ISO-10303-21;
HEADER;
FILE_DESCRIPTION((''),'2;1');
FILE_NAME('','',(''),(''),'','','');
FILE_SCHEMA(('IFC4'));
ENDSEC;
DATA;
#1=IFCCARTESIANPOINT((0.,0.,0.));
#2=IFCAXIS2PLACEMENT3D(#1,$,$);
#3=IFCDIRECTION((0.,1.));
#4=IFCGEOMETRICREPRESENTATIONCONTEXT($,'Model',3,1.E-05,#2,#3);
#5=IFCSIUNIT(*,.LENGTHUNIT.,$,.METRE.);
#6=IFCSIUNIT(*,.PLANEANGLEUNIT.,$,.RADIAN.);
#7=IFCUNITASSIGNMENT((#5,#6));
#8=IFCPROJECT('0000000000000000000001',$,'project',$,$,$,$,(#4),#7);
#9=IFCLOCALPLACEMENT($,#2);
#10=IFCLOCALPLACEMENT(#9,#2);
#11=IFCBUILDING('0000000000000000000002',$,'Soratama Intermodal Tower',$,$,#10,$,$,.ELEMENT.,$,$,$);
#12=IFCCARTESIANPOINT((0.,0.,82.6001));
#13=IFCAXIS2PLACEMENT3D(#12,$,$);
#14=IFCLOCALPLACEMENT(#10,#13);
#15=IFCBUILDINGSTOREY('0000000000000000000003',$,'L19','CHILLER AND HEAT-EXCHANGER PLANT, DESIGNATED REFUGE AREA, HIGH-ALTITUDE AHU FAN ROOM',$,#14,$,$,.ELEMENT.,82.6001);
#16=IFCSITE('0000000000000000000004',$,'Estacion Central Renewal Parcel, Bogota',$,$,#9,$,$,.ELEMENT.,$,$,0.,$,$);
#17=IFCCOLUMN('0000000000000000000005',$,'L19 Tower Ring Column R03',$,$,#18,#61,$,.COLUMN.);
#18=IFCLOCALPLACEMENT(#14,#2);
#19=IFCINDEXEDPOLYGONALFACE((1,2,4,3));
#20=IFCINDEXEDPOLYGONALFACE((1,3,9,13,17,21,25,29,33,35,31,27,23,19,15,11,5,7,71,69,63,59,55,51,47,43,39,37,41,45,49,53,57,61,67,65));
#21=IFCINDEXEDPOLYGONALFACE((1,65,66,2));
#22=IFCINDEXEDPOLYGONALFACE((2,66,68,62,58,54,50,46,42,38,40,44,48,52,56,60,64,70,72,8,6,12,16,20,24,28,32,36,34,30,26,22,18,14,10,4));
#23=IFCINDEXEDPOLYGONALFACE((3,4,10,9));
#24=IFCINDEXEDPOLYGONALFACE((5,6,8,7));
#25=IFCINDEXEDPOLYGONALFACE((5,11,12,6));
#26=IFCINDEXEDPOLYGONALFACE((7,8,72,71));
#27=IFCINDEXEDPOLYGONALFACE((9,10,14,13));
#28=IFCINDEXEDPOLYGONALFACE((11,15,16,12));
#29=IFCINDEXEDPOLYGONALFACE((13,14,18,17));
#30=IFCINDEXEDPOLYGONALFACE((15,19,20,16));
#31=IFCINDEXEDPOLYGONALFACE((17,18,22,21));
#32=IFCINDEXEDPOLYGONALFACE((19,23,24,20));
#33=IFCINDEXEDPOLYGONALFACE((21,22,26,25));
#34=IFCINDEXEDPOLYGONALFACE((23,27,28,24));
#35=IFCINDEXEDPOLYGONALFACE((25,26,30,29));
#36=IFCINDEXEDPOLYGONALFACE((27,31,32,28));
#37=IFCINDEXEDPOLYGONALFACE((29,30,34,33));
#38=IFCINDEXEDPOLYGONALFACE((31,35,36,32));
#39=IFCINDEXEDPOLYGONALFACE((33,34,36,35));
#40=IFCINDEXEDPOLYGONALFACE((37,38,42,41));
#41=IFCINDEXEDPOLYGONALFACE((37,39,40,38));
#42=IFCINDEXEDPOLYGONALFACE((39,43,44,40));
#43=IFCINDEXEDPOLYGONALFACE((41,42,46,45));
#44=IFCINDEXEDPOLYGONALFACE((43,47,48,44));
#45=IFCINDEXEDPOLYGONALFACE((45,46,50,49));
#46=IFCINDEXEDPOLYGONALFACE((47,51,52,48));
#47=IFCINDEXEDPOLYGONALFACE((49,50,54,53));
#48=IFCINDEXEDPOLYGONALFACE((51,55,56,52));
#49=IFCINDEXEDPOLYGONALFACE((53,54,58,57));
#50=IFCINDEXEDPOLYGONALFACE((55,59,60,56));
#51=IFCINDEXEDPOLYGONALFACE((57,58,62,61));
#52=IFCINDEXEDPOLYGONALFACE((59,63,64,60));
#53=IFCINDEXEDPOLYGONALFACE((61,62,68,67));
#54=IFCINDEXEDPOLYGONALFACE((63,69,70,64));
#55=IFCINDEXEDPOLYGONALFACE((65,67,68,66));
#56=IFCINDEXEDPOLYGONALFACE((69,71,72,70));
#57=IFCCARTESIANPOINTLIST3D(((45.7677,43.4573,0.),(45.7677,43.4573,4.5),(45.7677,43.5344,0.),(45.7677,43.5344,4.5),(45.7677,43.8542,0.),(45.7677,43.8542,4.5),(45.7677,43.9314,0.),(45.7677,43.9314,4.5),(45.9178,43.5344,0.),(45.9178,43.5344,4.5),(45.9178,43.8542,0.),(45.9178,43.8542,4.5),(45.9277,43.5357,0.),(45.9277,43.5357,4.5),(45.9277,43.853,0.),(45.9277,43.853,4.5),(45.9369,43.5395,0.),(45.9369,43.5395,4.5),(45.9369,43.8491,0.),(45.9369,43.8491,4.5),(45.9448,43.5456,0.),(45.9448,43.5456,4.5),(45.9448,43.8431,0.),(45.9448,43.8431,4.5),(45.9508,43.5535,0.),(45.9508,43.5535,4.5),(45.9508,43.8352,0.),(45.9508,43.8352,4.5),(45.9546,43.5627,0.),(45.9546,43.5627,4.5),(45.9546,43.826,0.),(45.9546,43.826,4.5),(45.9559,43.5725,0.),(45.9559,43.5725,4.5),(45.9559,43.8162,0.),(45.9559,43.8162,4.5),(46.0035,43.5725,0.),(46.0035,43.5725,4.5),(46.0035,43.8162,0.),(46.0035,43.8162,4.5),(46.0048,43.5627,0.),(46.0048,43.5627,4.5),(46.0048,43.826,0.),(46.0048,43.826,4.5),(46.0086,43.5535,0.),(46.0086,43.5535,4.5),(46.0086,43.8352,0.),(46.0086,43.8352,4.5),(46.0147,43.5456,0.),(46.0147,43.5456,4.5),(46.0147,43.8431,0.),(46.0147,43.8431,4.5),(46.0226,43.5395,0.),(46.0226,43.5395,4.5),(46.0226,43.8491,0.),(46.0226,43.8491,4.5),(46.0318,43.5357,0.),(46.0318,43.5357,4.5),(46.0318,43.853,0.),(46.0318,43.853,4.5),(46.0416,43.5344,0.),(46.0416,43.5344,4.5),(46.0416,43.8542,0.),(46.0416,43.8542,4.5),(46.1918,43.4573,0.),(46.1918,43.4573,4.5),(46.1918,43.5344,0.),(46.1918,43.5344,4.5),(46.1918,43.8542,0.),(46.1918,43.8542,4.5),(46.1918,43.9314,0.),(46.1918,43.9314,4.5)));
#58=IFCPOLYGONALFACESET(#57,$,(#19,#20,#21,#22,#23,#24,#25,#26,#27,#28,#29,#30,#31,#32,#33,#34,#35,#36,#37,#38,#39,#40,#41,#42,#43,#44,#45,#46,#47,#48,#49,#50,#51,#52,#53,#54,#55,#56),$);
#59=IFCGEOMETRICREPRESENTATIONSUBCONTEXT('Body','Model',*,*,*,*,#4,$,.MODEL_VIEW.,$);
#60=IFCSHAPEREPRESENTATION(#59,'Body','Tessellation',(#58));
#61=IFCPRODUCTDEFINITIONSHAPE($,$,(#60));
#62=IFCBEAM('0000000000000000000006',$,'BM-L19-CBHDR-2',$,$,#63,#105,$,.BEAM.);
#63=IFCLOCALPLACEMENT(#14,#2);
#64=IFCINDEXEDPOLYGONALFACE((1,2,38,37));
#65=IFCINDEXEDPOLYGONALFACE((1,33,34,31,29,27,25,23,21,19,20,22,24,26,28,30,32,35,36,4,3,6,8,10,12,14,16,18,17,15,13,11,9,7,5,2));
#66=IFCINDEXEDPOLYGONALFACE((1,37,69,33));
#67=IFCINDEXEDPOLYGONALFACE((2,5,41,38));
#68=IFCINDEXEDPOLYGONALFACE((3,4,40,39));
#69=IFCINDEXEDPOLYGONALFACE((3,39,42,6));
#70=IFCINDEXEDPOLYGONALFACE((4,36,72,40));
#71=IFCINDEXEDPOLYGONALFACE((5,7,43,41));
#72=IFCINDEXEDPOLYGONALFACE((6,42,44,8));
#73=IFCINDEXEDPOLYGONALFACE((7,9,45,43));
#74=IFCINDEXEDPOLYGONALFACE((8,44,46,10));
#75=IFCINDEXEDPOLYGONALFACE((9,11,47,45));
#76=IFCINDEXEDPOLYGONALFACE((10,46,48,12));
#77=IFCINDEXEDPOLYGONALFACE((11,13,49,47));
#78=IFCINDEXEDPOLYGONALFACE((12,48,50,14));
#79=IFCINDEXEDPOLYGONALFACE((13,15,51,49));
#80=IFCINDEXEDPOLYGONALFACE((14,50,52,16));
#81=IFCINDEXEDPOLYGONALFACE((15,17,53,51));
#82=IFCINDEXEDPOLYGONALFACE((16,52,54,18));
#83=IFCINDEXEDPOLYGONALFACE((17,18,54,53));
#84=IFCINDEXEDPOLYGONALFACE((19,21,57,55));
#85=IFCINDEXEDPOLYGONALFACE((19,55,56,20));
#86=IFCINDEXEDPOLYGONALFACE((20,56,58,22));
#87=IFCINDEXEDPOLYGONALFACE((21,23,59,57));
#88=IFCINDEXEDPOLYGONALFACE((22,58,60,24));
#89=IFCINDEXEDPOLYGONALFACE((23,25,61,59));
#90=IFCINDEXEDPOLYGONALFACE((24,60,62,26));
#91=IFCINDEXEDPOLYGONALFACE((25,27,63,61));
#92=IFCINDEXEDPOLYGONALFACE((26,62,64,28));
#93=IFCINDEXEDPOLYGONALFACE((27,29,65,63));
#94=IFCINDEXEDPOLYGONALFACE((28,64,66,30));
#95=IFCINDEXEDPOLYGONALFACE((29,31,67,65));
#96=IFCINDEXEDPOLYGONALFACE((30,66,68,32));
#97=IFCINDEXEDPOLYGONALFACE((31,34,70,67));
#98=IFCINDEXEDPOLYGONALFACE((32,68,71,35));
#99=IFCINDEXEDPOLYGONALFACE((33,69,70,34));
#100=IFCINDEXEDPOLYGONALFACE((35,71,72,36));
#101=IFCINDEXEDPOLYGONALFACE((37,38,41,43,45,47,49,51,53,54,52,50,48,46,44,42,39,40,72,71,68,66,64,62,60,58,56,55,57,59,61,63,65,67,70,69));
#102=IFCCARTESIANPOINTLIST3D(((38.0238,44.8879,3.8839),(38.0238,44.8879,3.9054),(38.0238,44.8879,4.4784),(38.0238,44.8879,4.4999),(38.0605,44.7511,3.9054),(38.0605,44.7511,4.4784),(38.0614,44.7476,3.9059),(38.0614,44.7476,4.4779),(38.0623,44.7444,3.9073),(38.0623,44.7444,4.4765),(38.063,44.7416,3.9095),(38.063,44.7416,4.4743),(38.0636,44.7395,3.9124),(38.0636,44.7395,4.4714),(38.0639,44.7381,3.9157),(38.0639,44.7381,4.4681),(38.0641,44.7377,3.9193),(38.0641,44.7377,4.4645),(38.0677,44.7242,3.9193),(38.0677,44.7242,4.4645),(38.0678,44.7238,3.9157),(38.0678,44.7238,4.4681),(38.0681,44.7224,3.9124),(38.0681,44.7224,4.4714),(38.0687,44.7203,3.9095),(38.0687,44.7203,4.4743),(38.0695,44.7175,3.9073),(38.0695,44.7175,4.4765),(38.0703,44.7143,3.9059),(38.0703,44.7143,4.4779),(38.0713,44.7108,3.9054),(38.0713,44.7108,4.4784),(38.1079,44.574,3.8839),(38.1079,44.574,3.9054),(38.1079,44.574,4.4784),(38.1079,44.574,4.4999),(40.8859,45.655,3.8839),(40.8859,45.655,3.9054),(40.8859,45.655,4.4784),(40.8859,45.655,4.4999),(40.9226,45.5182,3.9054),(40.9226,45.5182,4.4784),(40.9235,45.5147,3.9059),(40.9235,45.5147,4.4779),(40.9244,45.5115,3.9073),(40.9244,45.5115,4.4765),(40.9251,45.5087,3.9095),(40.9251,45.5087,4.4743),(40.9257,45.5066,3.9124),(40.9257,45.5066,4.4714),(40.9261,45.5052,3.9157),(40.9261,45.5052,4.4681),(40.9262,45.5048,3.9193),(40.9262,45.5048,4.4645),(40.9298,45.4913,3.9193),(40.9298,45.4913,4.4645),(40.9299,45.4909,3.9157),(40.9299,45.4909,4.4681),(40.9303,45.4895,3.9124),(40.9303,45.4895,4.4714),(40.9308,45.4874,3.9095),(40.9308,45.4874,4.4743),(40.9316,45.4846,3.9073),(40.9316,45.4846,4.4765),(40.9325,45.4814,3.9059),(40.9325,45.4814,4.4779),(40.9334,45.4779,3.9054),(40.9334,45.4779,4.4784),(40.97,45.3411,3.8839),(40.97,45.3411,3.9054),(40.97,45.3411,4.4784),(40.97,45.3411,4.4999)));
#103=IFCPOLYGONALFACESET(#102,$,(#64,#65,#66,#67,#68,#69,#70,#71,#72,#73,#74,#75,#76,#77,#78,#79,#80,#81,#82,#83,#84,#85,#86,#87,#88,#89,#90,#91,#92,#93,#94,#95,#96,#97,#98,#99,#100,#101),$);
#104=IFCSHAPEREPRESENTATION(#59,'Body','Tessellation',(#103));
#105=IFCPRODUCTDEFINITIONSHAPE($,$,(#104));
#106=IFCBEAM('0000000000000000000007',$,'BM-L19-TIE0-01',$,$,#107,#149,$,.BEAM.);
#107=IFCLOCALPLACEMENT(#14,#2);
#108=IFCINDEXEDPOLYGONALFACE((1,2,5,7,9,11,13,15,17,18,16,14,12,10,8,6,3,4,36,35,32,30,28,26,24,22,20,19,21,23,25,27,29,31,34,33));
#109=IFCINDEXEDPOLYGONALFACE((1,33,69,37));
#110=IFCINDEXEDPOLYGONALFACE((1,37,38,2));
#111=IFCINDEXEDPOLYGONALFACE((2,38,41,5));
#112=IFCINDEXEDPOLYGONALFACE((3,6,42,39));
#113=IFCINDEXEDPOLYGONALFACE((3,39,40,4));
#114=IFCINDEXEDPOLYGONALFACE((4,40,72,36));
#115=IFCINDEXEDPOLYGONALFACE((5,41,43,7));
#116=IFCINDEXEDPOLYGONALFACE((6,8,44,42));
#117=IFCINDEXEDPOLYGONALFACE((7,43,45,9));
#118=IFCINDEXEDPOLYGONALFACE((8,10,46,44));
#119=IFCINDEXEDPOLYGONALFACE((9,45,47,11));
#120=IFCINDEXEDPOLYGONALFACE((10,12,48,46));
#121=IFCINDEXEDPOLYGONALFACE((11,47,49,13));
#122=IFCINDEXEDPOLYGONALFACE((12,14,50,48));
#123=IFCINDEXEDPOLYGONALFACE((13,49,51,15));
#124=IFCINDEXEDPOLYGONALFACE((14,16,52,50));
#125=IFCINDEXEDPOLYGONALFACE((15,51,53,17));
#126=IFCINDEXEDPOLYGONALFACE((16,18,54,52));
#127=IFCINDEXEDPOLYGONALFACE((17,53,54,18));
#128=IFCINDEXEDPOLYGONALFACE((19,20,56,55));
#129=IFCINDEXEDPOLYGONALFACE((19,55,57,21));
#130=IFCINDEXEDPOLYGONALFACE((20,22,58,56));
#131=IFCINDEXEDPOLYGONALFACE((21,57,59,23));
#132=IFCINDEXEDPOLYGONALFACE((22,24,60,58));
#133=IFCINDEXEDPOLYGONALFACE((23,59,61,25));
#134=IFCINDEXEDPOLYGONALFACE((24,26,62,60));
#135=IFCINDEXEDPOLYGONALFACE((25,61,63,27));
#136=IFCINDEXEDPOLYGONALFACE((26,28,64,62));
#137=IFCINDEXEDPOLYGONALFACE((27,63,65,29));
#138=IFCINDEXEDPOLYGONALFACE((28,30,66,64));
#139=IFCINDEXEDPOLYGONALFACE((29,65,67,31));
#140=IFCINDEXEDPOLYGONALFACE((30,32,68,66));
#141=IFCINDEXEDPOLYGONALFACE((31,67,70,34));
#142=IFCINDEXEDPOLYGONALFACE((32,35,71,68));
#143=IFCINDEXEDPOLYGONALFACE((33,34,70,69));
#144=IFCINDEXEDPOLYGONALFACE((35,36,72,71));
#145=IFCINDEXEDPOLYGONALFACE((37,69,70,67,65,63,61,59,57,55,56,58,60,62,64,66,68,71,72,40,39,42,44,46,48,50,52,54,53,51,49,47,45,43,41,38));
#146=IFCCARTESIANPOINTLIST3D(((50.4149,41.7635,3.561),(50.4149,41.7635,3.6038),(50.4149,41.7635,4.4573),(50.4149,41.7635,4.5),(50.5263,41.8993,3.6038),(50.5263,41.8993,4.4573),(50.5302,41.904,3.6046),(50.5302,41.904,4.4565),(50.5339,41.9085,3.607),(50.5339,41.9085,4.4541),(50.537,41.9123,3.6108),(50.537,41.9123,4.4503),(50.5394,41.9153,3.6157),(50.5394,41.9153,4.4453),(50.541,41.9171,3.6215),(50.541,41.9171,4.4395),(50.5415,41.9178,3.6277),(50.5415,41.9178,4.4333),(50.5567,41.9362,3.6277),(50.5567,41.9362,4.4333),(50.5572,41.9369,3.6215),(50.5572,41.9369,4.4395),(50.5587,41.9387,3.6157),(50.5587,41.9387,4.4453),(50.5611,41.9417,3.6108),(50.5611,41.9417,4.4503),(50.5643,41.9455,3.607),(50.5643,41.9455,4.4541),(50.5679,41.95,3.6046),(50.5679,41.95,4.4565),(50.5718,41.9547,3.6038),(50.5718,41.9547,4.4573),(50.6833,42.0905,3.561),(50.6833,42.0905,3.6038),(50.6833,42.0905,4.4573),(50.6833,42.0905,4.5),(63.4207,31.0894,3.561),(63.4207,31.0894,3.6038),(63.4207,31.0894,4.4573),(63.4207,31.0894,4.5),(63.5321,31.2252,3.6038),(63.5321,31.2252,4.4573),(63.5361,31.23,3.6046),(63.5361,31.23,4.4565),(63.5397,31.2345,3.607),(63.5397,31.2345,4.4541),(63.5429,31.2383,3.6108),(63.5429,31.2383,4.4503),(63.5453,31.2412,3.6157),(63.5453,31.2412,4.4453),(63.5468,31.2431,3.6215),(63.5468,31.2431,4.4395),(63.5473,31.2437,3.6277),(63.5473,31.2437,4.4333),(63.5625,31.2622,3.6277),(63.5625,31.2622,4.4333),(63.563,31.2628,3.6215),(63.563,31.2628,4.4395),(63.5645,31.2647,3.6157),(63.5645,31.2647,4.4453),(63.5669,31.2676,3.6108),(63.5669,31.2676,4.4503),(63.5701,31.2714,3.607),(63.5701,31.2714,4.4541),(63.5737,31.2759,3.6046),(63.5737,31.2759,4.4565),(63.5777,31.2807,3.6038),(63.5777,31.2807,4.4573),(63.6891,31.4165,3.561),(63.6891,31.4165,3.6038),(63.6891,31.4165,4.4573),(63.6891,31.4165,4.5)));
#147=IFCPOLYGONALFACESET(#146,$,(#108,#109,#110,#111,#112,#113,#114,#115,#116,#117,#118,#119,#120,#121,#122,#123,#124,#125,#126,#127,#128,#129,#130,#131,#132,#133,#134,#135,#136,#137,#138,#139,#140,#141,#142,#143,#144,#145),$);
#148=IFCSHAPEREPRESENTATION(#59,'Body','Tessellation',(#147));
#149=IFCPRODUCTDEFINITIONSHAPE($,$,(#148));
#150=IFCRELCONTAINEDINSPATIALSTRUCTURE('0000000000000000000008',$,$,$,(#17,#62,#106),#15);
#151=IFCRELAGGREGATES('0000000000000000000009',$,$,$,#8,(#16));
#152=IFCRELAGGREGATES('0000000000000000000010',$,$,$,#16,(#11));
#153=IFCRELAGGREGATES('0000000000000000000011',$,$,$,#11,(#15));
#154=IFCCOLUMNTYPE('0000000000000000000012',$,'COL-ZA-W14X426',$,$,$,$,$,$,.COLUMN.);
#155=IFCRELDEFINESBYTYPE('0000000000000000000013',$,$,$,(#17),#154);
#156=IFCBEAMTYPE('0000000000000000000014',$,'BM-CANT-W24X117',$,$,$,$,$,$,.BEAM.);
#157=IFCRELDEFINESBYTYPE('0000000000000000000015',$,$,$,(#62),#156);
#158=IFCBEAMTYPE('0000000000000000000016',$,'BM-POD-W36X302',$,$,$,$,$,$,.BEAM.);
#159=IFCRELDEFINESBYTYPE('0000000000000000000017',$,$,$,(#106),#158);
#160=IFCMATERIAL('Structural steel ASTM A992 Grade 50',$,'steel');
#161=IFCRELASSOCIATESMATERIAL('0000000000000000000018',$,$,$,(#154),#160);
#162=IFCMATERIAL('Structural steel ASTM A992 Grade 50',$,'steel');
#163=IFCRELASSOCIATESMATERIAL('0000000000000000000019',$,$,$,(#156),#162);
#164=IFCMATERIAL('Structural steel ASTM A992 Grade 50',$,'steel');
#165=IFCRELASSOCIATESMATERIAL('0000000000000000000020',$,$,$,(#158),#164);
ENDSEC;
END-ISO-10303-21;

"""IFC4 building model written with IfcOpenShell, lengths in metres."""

from ifc_helpers import new_model, si_unit, direction, frame, origin, origin_2d, place, context, subcontext, project, spatial, i_section, extrude, material, material_profile, profile_set, type_object, element, save


model = new_model("IFC4")

# Units and contexts
model_context = context("Model", 3, precision=1e-05, world=origin(), true_north=direction((0.0, 1.0)))
body_context = subcontext(model_context, "Body", "Model", "MODEL_VIEW")
ifc_project = project(units=[si_unit("LENGTHUNIT", "METRE"), si_unit("PLANEANGLEUNIT", "RADIAN")], contexts=[model_context])

# Site, building, storey
site_placement = place(None, origin())
site = spatial("IfcSite", under=ifc_project, at=site_placement, Name="Estacion Central Renewal Parcel, Bogota", CompositionType="ELEMENT", RefElevation=0.0)
building_placement = place(site_placement, origin())
building = spatial("IfcBuilding", under=site, at=building_placement, Name="Soratama Intermodal Tower", CompositionType="ELEMENT")
storey_placement = place(building_placement, frame((0.0, 0.0, 82.6001)))
storey = spatial("IfcBuildingStorey", under=building, at=storey_placement, Name="L19", Description="CHILLER AND HEAT-EXCHANGER PLANT, DESIGNATED REFUGE AREA, HIGH-ALTITUDE AHU FAN ROOM", CompositionType="ELEMENT", Elevation=82.6001)

# Column
ifc_material_1 = material(Name="Structural steel ASTM A992 Grade 50", Category="steel")
ifc_material_profile_1 = material_profile(ifc_material_1, i_section(OverallWidth=0.4241, OverallDepth=0.4741, WebThickness=0.0476, FlangeThickness=0.0771, FilletRadius=0.0381, at=origin_2d()), Name="W14X426")
ifc_profile_set_1 = profile_set([ifc_material_profile_1], Name="Structural steel ASTM A992 Grade 50")
column_type = type_object("IfcColumnType", Name="COL-ZA-W14X426", PredefinedType="COLUMN", material=ifc_profile_set_1)
column_placement = place(storey_placement, frame((45.9797, 43.6943, 0.0), z_axis=(0.0, 0.0, 1.0), x_axis=(1.0, 0.0, 0.0)))
element("IfcColumn", 1, at=column_placement, inside=storey, type_object=column_type, Name="L19 Tower Ring Column R03", PredefinedType="COLUMN", context=body_context, shape_type="SweptSolid", body=[
    extrude(i_section(OverallWidth=0.4241, OverallDepth=0.4741, WebThickness=0.0476, FlangeThickness=0.0771, FilletRadius=0.0381, at=origin_2d()), origin(), (0.0, 0.0, 1.0), 4.5),
])

# Beams
ifc_material_2 = material(Name="Structural steel ASTM A992 Grade 50", Category="steel")
ifc_material_profile_2 = material_profile(ifc_material_2, i_section(OverallWidth=0.325, OverallDepth=0.616, WebThickness=0.0139, FlangeThickness=0.0215, FilletRadius=0.0139, at=origin_2d()), Name="W24X117")
ifc_profile_set_2 = profile_set([ifc_material_profile_2], Name="Structural steel ASTM A992 Grade 50")
beam_type_1 = type_object("IfcBeamType", Name="BM-CANT-W24X117", PredefinedType="BEAM", material=ifc_profile_set_2)
beam_1_placement = place(storey_placement, frame((40.928, 45.498, 4.1919), z_axis=(-0.965909, -0.258883, 0.0), x_axis=(0.258883, -0.965909, 0.0)))
element("IfcBeam", 2, at=beam_1_placement, inside=storey, type_object=beam_type_1, Name="BM-L19-CBHDR-2", PredefinedType="BEAM", context=body_context, shape_type="SweptSolid", body=[
    extrude(i_section(OverallWidth=0.325, OverallDepth=0.616, WebThickness=0.0139, FlangeThickness=0.0215, FilletRadius=0.0139, at=origin_2d()), origin(), (0.0, 0.0, 1.0), 2.9631),
])
ifc_material_3 = material(Name="Structural steel ASTM A992 Grade 50", Category="steel")
ifc_material_profile_3 = material_profile(ifc_material_3, i_section(OverallWidth=0.4231, OverallDepth=0.939, WebThickness=0.0239, FlangeThickness=0.0427, FilletRadius=0.0239, at=origin_2d()), Name="W36X302")
ifc_profile_set_3 = profile_set([ifc_material_profile_3], Name="Structural steel ASTM A992 Grade 50")
beam_type_2 = type_object("IfcBeamType", Name="BM-POD-W36X302", PredefinedType="BEAM", material=ifc_profile_set_3)
beam_2_placement = place(storey_placement, frame((50.5491, 41.927, 4.0305), z_axis=(0.772998, -0.634409, 0.0), x_axis=(0.634409, 0.772998, 0.0)))
element("IfcBeam", 3, at=beam_2_placement, inside=storey, type_object=beam_type_2, Name="BM-L19-TIE0-01", PredefinedType="BEAM", context=body_context, shape_type="SweptSolid", body=[
    extrude(i_section(OverallWidth=0.4231, OverallDepth=0.939, WebThickness=0.0239, FlangeThickness=0.0427, FilletRadius=0.0239, at=origin_2d()), origin(), (0.0, 0.0, 1.0), 16.8252),
])

save(model, "model.ifc")
